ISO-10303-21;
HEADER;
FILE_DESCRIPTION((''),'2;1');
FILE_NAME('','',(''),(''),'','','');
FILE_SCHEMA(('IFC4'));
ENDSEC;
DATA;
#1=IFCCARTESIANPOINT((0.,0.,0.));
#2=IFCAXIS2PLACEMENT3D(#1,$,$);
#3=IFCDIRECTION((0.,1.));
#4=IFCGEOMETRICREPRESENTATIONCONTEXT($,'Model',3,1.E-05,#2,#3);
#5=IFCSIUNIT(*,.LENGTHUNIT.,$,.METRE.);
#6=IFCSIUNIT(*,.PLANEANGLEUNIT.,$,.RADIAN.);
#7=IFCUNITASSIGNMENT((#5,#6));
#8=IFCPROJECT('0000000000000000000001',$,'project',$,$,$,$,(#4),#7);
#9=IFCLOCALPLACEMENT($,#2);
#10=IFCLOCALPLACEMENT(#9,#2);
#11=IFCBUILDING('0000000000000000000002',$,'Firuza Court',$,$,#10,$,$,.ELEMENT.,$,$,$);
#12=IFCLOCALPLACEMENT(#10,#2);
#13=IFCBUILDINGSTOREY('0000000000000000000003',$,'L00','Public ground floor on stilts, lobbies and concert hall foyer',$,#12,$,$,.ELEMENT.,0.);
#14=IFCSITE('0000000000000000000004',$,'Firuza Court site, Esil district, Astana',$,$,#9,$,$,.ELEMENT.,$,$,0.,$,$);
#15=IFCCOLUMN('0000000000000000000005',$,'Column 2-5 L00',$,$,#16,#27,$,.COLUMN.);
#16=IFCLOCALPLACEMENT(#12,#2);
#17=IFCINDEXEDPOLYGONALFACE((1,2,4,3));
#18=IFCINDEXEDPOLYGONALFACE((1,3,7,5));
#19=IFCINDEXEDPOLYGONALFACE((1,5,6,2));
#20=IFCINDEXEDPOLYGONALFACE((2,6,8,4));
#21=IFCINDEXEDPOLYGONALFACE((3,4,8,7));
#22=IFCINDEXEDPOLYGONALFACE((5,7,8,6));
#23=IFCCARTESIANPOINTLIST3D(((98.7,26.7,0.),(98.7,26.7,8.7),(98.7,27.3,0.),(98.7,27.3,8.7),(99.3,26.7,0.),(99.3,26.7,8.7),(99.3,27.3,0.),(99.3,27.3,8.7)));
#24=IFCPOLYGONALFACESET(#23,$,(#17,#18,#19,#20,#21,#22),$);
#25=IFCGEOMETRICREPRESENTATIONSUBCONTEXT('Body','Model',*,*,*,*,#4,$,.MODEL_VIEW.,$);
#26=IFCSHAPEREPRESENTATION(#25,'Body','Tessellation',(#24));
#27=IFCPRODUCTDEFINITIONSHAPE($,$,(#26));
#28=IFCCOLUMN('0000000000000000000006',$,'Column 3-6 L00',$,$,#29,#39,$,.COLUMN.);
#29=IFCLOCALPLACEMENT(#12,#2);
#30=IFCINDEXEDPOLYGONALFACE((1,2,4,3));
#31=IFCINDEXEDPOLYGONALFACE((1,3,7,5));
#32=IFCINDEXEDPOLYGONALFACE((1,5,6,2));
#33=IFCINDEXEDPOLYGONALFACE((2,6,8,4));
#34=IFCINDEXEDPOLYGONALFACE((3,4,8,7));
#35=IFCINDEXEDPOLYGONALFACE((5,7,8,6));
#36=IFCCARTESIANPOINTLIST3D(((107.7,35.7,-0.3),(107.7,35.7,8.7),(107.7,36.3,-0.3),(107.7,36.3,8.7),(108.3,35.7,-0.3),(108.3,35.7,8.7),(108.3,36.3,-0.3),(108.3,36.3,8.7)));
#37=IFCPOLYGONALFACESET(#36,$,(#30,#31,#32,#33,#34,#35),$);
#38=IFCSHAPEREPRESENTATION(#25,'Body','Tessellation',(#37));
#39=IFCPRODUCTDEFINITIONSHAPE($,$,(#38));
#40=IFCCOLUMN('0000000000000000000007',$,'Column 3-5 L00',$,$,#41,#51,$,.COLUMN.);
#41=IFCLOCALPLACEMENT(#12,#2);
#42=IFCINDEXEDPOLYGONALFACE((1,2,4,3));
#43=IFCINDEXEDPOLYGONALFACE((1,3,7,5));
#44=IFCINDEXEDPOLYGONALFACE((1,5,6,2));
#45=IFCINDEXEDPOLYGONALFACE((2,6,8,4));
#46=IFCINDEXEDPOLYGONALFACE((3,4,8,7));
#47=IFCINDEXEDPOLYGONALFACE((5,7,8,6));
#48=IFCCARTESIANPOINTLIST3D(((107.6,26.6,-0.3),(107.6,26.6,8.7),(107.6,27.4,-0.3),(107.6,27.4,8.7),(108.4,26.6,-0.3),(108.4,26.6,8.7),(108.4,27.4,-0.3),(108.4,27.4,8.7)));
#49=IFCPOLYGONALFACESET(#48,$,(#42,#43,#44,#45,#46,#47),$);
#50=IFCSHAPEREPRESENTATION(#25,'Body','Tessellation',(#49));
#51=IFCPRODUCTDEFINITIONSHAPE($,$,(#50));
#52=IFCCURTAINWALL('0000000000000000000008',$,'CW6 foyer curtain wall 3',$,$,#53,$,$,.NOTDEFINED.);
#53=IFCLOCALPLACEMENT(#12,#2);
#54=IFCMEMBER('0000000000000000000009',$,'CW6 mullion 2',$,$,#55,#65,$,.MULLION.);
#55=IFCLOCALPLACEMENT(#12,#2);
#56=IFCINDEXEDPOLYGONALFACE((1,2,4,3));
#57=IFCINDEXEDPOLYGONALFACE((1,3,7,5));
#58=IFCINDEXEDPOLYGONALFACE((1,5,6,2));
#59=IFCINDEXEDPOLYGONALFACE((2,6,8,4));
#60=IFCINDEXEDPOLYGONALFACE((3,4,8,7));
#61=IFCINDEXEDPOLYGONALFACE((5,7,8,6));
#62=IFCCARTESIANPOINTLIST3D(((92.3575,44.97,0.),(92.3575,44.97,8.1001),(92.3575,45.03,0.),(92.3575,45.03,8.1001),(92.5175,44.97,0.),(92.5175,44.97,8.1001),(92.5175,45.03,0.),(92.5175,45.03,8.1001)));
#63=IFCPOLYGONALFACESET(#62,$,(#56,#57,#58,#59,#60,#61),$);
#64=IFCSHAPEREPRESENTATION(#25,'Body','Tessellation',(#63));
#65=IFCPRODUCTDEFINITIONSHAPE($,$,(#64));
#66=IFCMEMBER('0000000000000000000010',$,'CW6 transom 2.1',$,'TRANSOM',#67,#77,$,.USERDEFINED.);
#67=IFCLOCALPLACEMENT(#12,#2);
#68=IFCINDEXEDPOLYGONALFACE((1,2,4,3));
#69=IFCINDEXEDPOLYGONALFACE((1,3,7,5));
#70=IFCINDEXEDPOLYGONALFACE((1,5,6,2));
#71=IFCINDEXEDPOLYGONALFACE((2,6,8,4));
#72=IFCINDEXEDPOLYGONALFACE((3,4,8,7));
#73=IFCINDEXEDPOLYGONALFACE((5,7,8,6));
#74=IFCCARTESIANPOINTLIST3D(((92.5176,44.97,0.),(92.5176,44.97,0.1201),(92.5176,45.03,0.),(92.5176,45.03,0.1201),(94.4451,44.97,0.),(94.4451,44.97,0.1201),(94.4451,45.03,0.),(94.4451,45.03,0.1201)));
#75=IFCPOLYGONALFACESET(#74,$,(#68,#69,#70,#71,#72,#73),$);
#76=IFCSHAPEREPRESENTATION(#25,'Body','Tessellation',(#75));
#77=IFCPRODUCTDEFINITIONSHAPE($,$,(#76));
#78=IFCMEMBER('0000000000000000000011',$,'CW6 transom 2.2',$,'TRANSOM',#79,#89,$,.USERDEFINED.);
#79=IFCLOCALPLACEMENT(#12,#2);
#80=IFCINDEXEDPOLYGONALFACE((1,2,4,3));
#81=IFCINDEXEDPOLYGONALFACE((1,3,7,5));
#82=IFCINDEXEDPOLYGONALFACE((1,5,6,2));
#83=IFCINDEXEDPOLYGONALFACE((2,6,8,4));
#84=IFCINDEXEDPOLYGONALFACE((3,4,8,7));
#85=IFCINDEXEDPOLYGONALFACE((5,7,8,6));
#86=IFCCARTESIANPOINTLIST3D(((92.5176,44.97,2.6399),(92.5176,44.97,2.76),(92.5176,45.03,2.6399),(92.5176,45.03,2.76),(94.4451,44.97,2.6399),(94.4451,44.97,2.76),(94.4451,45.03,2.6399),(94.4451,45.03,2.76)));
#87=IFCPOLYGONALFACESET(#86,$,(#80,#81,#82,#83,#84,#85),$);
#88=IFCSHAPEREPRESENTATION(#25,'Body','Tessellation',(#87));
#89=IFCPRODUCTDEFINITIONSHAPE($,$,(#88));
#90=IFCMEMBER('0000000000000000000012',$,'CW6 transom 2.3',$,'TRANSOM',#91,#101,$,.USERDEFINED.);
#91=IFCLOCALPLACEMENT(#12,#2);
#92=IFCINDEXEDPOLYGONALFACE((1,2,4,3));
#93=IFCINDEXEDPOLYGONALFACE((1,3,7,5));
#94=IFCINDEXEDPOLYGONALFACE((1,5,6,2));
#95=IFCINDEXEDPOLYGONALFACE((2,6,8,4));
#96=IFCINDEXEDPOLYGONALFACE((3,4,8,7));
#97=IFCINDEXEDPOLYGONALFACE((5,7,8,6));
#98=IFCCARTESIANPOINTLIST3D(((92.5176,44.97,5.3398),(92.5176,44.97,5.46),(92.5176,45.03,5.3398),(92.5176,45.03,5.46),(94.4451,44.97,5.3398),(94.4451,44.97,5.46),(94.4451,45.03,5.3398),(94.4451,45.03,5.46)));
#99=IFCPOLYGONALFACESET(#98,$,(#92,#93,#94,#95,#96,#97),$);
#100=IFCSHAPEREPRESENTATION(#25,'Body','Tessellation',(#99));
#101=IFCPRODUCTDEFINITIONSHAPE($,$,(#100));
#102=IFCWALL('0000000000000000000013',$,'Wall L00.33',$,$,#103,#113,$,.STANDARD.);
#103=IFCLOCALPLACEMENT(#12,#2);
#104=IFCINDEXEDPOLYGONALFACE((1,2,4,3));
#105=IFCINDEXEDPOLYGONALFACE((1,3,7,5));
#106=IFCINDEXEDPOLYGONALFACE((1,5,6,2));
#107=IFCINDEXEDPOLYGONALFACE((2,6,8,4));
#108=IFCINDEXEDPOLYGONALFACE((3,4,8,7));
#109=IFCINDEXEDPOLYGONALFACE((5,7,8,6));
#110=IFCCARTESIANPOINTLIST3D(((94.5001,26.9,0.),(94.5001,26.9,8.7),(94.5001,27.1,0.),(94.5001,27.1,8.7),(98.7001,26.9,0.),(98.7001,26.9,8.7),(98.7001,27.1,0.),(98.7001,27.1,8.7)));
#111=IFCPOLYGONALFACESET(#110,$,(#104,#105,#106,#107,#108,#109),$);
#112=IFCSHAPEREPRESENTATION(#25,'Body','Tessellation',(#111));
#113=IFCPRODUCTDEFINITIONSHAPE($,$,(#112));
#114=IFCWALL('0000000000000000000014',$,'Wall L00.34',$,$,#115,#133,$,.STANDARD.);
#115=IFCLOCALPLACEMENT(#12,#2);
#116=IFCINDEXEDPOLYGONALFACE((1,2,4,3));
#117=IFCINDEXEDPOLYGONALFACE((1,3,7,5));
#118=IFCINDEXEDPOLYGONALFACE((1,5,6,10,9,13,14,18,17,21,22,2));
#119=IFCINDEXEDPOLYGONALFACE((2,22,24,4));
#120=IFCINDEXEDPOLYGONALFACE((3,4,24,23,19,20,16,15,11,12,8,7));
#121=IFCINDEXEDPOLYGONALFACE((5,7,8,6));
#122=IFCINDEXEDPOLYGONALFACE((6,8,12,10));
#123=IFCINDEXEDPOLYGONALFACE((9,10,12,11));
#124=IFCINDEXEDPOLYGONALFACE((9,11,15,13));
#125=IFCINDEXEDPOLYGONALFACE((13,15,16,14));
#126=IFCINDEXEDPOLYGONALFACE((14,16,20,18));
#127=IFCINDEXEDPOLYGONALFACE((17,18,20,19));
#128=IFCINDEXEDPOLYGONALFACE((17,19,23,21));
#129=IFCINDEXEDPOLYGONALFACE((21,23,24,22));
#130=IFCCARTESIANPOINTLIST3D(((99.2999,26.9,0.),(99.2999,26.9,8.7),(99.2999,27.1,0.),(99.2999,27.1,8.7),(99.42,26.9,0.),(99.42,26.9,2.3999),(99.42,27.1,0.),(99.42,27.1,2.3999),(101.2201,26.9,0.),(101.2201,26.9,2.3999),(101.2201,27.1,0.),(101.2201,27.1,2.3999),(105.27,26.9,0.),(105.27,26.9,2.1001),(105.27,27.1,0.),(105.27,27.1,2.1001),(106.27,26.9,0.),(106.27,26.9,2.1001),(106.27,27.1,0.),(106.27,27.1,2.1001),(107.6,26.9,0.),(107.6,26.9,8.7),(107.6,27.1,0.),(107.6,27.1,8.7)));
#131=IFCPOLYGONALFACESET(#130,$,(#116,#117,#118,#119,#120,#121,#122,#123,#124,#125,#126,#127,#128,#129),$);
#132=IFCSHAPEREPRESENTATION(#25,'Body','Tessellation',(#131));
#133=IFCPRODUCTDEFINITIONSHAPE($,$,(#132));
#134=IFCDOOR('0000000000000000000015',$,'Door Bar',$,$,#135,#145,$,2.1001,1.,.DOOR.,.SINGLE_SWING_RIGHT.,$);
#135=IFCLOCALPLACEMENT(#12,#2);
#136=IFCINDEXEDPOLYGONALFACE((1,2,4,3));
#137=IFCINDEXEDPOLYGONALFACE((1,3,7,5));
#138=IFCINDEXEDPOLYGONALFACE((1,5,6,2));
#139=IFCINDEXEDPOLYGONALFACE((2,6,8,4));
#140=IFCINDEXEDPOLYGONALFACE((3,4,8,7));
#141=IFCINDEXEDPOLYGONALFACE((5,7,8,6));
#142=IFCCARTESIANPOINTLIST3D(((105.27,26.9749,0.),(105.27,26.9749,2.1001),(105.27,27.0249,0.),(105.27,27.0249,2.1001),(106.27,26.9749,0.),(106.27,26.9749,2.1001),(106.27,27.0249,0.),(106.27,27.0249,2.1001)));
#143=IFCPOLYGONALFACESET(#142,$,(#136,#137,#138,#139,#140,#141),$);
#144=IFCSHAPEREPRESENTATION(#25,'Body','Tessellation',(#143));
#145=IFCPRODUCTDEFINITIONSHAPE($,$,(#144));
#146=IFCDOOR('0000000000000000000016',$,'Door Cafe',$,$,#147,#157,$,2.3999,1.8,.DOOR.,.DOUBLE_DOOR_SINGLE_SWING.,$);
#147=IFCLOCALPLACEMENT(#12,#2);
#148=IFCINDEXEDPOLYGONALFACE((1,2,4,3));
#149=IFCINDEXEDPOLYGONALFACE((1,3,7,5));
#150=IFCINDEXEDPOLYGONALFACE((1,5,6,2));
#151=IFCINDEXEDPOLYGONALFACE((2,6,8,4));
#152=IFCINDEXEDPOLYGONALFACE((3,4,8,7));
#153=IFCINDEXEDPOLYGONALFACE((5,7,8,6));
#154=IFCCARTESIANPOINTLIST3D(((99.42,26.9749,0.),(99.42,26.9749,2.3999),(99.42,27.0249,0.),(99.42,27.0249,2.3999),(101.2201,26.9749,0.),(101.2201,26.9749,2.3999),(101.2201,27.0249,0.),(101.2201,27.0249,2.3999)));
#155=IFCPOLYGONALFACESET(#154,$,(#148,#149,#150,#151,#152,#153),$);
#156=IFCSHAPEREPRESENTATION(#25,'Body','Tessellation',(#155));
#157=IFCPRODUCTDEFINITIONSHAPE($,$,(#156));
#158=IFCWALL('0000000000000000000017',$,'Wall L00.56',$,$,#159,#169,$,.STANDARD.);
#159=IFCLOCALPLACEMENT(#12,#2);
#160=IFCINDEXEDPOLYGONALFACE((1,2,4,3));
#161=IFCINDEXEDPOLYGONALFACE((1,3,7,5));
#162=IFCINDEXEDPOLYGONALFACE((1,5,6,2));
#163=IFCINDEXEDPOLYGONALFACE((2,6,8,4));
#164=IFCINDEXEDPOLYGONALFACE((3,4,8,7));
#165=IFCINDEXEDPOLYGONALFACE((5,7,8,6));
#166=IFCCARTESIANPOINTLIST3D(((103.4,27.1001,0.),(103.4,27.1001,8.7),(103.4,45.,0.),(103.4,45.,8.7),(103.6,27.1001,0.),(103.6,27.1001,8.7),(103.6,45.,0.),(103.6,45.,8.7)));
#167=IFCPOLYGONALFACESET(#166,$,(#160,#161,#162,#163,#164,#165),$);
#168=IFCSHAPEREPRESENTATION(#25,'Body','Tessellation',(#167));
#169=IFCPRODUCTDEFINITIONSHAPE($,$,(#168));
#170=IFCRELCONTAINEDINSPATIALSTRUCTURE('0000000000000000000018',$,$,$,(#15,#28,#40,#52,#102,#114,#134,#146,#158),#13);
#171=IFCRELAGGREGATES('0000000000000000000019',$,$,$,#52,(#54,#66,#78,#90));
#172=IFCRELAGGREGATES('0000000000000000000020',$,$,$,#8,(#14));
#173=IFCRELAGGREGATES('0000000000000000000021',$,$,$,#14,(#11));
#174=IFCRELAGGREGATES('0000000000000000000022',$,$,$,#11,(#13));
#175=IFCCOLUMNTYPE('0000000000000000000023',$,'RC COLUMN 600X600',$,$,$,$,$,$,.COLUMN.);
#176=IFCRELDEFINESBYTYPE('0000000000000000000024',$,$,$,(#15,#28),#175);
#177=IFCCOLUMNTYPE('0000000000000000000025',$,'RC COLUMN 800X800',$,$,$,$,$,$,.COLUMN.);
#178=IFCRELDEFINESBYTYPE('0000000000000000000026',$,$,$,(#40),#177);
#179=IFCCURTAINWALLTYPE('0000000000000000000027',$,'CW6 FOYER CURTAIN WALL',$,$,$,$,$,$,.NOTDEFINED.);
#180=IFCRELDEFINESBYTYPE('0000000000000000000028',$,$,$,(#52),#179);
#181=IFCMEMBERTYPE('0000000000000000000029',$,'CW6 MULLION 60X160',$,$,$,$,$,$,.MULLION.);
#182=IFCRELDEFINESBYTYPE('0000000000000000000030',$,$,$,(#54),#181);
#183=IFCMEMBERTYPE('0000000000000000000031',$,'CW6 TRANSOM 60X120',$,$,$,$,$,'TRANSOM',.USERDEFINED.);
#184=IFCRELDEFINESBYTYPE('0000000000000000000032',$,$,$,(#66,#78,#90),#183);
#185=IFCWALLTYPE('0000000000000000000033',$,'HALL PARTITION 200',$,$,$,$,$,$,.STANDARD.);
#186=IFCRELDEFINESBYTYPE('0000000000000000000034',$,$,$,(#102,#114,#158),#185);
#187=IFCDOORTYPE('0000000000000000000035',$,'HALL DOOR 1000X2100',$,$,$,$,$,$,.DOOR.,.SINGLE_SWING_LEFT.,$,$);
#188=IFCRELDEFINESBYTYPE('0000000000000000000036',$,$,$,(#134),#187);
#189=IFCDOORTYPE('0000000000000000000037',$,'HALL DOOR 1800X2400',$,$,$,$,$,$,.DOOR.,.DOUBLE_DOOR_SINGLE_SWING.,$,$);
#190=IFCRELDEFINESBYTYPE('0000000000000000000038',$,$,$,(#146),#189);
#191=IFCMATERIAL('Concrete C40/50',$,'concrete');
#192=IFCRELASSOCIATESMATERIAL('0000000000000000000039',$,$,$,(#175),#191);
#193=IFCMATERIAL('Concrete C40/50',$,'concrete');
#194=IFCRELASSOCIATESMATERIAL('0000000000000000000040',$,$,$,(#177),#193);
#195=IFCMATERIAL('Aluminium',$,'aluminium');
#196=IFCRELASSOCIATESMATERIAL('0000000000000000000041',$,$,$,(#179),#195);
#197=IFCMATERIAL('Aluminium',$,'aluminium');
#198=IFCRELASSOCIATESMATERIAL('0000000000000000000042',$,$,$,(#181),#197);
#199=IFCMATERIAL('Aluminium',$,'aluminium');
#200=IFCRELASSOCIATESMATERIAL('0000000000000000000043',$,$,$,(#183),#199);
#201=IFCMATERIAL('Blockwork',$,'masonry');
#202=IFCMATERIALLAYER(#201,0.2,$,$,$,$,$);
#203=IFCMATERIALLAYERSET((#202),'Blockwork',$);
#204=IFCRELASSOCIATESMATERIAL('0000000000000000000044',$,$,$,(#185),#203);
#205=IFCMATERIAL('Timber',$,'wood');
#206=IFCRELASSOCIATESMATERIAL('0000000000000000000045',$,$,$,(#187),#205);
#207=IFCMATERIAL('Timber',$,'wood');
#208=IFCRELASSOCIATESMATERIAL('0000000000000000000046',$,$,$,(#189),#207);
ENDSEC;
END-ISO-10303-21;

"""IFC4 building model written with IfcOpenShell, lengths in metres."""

from ifc_helpers import new_model, si_unit, direction, frame, frame_2d, origin, origin_2d, place, context, subcontext, project, spatial, rectangle, extrude, material, layer, layer_set, material_profile, profile_set, type_object, element, fill, aggregate, save


model = new_model("IFC4")

# Units and contexts
model_context = context("Model", 3, precision=1e-05, world=origin(), true_north=direction((0.0, 1.0)))
body_context = subcontext(model_context, "Body", "Model", "MODEL_VIEW")
ifc_project = project(units=[si_unit("LENGTHUNIT", "METRE"), si_unit("PLANEANGLEUNIT", "RADIAN")], contexts=[model_context])

# Site, building, storey
site_placement = place(None, origin())
site = spatial("IfcSite", under=ifc_project, at=site_placement, Name="Firuza Court site, Esil district, Astana", CompositionType="ELEMENT", RefElevation=0.0)
building_placement = place(site_placement, origin())
building = spatial("IfcBuilding", under=site, at=building_placement, Name="Firuza Court", CompositionType="ELEMENT")
storey_placement = place(building_placement, origin())
storey = spatial("IfcBuildingStorey", under=building, at=storey_placement, Name="L00", Description="Public ground floor on stilts, lobbies and concert hall foyer", CompositionType="ELEMENT", Elevation=0.0)

# Columns
ifc_material_1 = material(Name="Concrete C40/50", Category="concrete")
ifc_material_profile_1 = material_profile(ifc_material_1, rectangle(XDim=0.6001, YDim=0.6001, at=origin_2d()), Name="RC 600X600")
ifc_profile_set_1 = profile_set([ifc_material_profile_1], Name="Concrete C40/50")
column_type_1 = type_object("IfcColumnType", Name="RC COLUMN 600X600", PredefinedType="COLUMN", material=ifc_profile_set_1)
column_1_placement = place(storey_placement, frame((99.0, 27.0, 0.0), z_axis=(0.0, 0.0, 1.0), x_axis=(1.0, 0.0, 0.0)))
element("IfcColumn", 1, at=column_1_placement, inside=storey, type_object=column_type_1, Name="Column 2-5 L00", PredefinedType="COLUMN", context=body_context, shape_type="SweptSolid", body=[
    extrude(rectangle(XDim=0.6001, YDim=0.6001, at=origin_2d()), origin(), (0.0, 0.0, 1.0), 8.7),
])
column_2_placement = place(storey_placement, frame((108.0, 36.0, -0.3), z_axis=(0.0, 0.0, 1.0), x_axis=(1.0, 0.0, 0.0)))
element("IfcColumn", 2, at=column_2_placement, inside=storey, type_object=column_type_1, Name="Column 3-6 L00", PredefinedType="COLUMN", context=body_context, shape_type="SweptSolid", body=[
    extrude(rectangle(XDim=0.6001, YDim=0.6001, at=origin_2d()), origin(), (0.0, 0.0, 1.0), 9.0),
])
ifc_material_2 = material(Name="Concrete C40/50", Category="concrete")
ifc_material_profile_2 = material_profile(ifc_material_2, rectangle(XDim=0.8, YDim=0.8, at=origin_2d()), Name="RC 800X800")
ifc_profile_set_2 = profile_set([ifc_material_profile_2], Name="Concrete C40/50")
column_type_2 = type_object("IfcColumnType", Name="RC COLUMN 800X800", PredefinedType="COLUMN", material=ifc_profile_set_2)
column_3_placement = place(storey_placement, frame((108.0, 27.0, -0.3), z_axis=(0.0, 0.0, 1.0), x_axis=(1.0, 0.0, 0.0)))
element("IfcColumn", 3, at=column_3_placement, inside=storey, type_object=column_type_2, Name="Column 3-5 L00", PredefinedType="COLUMN", context=body_context, shape_type="SweptSolid", body=[
    extrude(rectangle(XDim=0.8, YDim=0.8, at=origin_2d()), origin(), (0.0, 0.0, 1.0), 9.0),
])

# Curtain wall, members
ifc_material_3 = material(Name="Aluminium", Category="aluminium")
curtain_wall_type = type_object("IfcCurtainWallType", Name="CW6 FOYER CURTAIN WALL", PredefinedType="NOTDEFINED", material=ifc_material_3)
curtain_wall_placement = place(storey_placement, origin())
curtain_wall = element("IfcCurtainWall", 4, at=curtain_wall_placement, inside=storey, type_object=curtain_wall_type, Name="CW6 foyer curtain wall 3", PredefinedType="NOTDEFINED")
ifc_material_4 = material(Name="Aluminium", Category="aluminium")
ifc_material_profile_3 = material_profile(ifc_material_4, rectangle(XDim=0.0601, YDim=0.1599, at=origin_2d()), Name="MULLION 60X160")
ifc_profile_set_3 = profile_set([ifc_material_profile_3], Name="Aluminium")
member_type_1 = type_object("IfcMemberType", Name="CW6 MULLION 60X160", PredefinedType="MULLION", material=ifc_profile_set_3)
member_1_placement = place(storey_placement, frame((92.4375, 45.0, 0.0), z_axis=(0.0, 0.0, 1.0), x_axis=(0.0, 1.0, 0.0)))
member_1 = element("IfcMember", 5, at=member_1_placement, type_object=member_type_1, Name="CW6 mullion 2", PredefinedType="MULLION", context=body_context, shape_type="SweptSolid", body=[
    extrude(rectangle(XDim=0.0601, YDim=0.1599, at=origin_2d()), origin(), (0.0, 0.0, 1.0), 8.1001),
])
ifc_material_5 = material(Name="Aluminium", Category="aluminium")
ifc_material_profile_4 = material_profile(ifc_material_5, rectangle(XDim=0.0601, YDim=0.1201, at=origin_2d()), Name="TRANSOM 60X120")
ifc_profile_set_4 = profile_set([ifc_material_profile_4], Name="Aluminium")
member_type_2 = type_object("IfcMemberType", Name="CW6 TRANSOM 60X120", ElementType="TRANSOM", PredefinedType="USERDEFINED", material=ifc_profile_set_4)
member_2_placement = place(storey_placement, frame((92.5176, 45.0, 0.0601), z_axis=(1.0, 0.0, 0.0), x_axis=(0.0, 1.0, 0.0)))
member_2 = element("IfcMember", 6, at=member_2_placement, type_object=member_type_2, Name="CW6 transom 2.1", ObjectType="TRANSOM", PredefinedType="USERDEFINED", context=body_context, shape_type="SweptSolid", body=[
    extrude(rectangle(XDim=0.0601, YDim=0.1201, at=origin_2d()), origin(), (0.0, 0.0, 1.0), 1.9275),
])
member_3_placement = place(storey_placement, frame((92.5176, 45.0, 2.7), z_axis=(1.0, 0.0, 0.0), x_axis=(0.0, 1.0, 0.0)))
member_3 = element("IfcMember", 7, at=member_3_placement, type_object=member_type_2, Name="CW6 transom 2.2", ObjectType="TRANSOM", PredefinedType="USERDEFINED", context=body_context, shape_type="SweptSolid", body=[
    extrude(rectangle(XDim=0.0601, YDim=0.1201, at=origin_2d()), origin(), (0.0, 0.0, 1.0), 1.9275),
])
member_4_placement = place(storey_placement, frame((92.5176, 45.0, 5.3999), z_axis=(1.0, 0.0, 0.0), x_axis=(0.0, 1.0, 0.0)))
member_4 = element("IfcMember", 8, at=member_4_placement, type_object=member_type_2, Name="CW6 transom 2.3", ObjectType="TRANSOM", PredefinedType="USERDEFINED", context=body_context, shape_type="SweptSolid", body=[
    extrude(rectangle(XDim=0.0601, YDim=0.1201, at=origin_2d()), origin(), (0.0, 0.0, 1.0), 1.9275),
])
aggregate(curtain_wall, [member_1, member_2, member_3, member_4])

# Wall
ifc_material_6 = material(Name="Blockwork", Category="masonry")
ifc_layer_1 = layer(ifc_material_6, 0.2)
ifc_layer_set_1 = layer_set([ifc_layer_1], Name="Blockwork")
wall_type_1 = type_object("IfcWallType", Name="HALL PARTITION 200", PredefinedType="STANDARD", material=ifc_layer_set_1)
wall_1_placement = place(storey_placement, frame((94.5, 27.0, 0.0), z_axis=(0.0, 0.0, 1.0), x_axis=(1.0, 0.0, 0.0)))
element("IfcWall", 9, at=wall_1_placement, inside=storey, type_object=wall_type_1, Name="Wall L00.33", PredefinedType="STANDARD", context=body_context, shape_type="SweptSolid", body=[
    extrude(rectangle(XDim=4.2, YDim=0.2, at=frame_2d((2.1001, 0.0))), origin(), (0.0, 0.0, 1.0), 8.7),
])

# Wall, openings, doors
wall_2_placement = place(storey_placement, frame((99.3, 27.0, 0.0), z_axis=(0.0, 0.0, 1.0), x_axis=(1.0, 0.0, 0.0)))
wall_2 = element("IfcWall", 10, at=wall_2_placement, inside=storey, type_object=wall_type_1, Name="Wall L00.34", PredefinedType="STANDARD", context=body_context, shape_type="SweptSolid", body=[
    extrude(rectangle(XDim=8.3, YDim=0.2, at=frame_2d((4.1499, 0.0))), origin(), (0.0, 0.0, 1.0), 8.7),
])
opening_1_placement = place(wall_2_placement, frame((0.1201, 0.0, 0.0)))
opening_1 = element("IfcOpeningElement", 11, at=opening_1_placement, cuts=wall_2, PredefinedType="OPENING", context=body_context, shape_type="SweptSolid", body=[
    extrude(rectangle(XDim=1.8, YDim=2.3999, at=frame_2d((0.8999, 1.2))), frame((0.0, 0.1118, 0.0), z_axis=(0.0, -1.0, 0.0), x_axis=(1.0, 0.0, 0.0)), (0.0, 0.0, 1.0), 0.2239),
])
opening_2_placement = place(wall_2_placement, frame((5.97, 0.0, 0.0)))
opening_2 = element("IfcOpeningElement", 12, at=opening_2_placement, cuts=wall_2, PredefinedType="OPENING", context=body_context, shape_type="SweptSolid", body=[
    extrude(rectangle(XDim=1.0, YDim=2.1001, at=frame_2d((0.5, 1.05))), frame((0.0, 0.1118, 0.0), z_axis=(0.0, -1.0, 0.0), x_axis=(1.0, 0.0, 0.0)), (0.0, 0.0, 1.0), 0.2239),
])
ifc_material_7 = material(Name="Timber", Category="wood")
door_type_1 = type_object("IfcDoorType", Name="HALL DOOR 1000X2100", OperationType="SINGLE_SWING_LEFT", PredefinedType="DOOR", material=ifc_material_7)
door_1_placement = place(opening_2_placement, origin())
door_1 = element("IfcDoor", 13, at=door_1_placement, inside=storey, type_object=door_type_1, Name="Door Bar", OperationType="SINGLE_SWING_RIGHT", OverallHeight=2.1001, OverallWidth=1.0, PredefinedType="DOOR", context=body_context, shape_type="SweptSolid", body=[
    extrude(rectangle(XDim=1.0, YDim=2.1001, at=frame_2d((0.5, 1.05))), frame((0.0, 0.0249, 0.0), z_axis=(0.0, -1.0, 0.0), x_axis=(1.0, 0.0, 0.0)), (0.0, 0.0, 1.0), 0.05),
])
fill(opening_2, door_1)
ifc_material_8 = material(Name="Timber", Category="wood")
door_type_2 = type_object("IfcDoorType", Name="HALL DOOR 1800X2400", OperationType="DOUBLE_DOOR_SINGLE_SWING", PredefinedType="DOOR", material=ifc_material_8)
door_2_placement = place(opening_1_placement, origin())
door_2 = element("IfcDoor", 14, at=door_2_placement, inside=storey, type_object=door_type_2, Name="Door Cafe", OperationType="DOUBLE_DOOR_SINGLE_SWING", OverallHeight=2.3999, OverallWidth=1.8, PredefinedType="DOOR", context=body_context, shape_type="SweptSolid", body=[
    extrude(rectangle(XDim=1.8, YDim=2.3999, at=frame_2d((0.8999, 1.2))), frame((0.0, 0.0249, 0.0), z_axis=(0.0, -1.0, 0.0), x_axis=(1.0, 0.0, 0.0)), (0.0, 0.0, 1.0), 0.05),
])
fill(opening_1, door_2)

# Wall
wall_3_placement = place(storey_placement, frame((103.5, 27.1001, 0.0), z_axis=(0.0, 0.0, 1.0), x_axis=(0.0, 1.0, 0.0)))
element("IfcWall", 15, at=wall_3_placement, inside=storey, type_object=wall_type_1, Name="Wall L00.56", PredefinedType="STANDARD", context=body_context, shape_type="SweptSolid", body=[
    extrude(rectangle(XDim=17.8999, YDim=0.2, at=frame_2d((8.95, 0.0))), origin(), (0.0, 0.0, 1.0), 8.7),
])

save(model, "model.ifc")
